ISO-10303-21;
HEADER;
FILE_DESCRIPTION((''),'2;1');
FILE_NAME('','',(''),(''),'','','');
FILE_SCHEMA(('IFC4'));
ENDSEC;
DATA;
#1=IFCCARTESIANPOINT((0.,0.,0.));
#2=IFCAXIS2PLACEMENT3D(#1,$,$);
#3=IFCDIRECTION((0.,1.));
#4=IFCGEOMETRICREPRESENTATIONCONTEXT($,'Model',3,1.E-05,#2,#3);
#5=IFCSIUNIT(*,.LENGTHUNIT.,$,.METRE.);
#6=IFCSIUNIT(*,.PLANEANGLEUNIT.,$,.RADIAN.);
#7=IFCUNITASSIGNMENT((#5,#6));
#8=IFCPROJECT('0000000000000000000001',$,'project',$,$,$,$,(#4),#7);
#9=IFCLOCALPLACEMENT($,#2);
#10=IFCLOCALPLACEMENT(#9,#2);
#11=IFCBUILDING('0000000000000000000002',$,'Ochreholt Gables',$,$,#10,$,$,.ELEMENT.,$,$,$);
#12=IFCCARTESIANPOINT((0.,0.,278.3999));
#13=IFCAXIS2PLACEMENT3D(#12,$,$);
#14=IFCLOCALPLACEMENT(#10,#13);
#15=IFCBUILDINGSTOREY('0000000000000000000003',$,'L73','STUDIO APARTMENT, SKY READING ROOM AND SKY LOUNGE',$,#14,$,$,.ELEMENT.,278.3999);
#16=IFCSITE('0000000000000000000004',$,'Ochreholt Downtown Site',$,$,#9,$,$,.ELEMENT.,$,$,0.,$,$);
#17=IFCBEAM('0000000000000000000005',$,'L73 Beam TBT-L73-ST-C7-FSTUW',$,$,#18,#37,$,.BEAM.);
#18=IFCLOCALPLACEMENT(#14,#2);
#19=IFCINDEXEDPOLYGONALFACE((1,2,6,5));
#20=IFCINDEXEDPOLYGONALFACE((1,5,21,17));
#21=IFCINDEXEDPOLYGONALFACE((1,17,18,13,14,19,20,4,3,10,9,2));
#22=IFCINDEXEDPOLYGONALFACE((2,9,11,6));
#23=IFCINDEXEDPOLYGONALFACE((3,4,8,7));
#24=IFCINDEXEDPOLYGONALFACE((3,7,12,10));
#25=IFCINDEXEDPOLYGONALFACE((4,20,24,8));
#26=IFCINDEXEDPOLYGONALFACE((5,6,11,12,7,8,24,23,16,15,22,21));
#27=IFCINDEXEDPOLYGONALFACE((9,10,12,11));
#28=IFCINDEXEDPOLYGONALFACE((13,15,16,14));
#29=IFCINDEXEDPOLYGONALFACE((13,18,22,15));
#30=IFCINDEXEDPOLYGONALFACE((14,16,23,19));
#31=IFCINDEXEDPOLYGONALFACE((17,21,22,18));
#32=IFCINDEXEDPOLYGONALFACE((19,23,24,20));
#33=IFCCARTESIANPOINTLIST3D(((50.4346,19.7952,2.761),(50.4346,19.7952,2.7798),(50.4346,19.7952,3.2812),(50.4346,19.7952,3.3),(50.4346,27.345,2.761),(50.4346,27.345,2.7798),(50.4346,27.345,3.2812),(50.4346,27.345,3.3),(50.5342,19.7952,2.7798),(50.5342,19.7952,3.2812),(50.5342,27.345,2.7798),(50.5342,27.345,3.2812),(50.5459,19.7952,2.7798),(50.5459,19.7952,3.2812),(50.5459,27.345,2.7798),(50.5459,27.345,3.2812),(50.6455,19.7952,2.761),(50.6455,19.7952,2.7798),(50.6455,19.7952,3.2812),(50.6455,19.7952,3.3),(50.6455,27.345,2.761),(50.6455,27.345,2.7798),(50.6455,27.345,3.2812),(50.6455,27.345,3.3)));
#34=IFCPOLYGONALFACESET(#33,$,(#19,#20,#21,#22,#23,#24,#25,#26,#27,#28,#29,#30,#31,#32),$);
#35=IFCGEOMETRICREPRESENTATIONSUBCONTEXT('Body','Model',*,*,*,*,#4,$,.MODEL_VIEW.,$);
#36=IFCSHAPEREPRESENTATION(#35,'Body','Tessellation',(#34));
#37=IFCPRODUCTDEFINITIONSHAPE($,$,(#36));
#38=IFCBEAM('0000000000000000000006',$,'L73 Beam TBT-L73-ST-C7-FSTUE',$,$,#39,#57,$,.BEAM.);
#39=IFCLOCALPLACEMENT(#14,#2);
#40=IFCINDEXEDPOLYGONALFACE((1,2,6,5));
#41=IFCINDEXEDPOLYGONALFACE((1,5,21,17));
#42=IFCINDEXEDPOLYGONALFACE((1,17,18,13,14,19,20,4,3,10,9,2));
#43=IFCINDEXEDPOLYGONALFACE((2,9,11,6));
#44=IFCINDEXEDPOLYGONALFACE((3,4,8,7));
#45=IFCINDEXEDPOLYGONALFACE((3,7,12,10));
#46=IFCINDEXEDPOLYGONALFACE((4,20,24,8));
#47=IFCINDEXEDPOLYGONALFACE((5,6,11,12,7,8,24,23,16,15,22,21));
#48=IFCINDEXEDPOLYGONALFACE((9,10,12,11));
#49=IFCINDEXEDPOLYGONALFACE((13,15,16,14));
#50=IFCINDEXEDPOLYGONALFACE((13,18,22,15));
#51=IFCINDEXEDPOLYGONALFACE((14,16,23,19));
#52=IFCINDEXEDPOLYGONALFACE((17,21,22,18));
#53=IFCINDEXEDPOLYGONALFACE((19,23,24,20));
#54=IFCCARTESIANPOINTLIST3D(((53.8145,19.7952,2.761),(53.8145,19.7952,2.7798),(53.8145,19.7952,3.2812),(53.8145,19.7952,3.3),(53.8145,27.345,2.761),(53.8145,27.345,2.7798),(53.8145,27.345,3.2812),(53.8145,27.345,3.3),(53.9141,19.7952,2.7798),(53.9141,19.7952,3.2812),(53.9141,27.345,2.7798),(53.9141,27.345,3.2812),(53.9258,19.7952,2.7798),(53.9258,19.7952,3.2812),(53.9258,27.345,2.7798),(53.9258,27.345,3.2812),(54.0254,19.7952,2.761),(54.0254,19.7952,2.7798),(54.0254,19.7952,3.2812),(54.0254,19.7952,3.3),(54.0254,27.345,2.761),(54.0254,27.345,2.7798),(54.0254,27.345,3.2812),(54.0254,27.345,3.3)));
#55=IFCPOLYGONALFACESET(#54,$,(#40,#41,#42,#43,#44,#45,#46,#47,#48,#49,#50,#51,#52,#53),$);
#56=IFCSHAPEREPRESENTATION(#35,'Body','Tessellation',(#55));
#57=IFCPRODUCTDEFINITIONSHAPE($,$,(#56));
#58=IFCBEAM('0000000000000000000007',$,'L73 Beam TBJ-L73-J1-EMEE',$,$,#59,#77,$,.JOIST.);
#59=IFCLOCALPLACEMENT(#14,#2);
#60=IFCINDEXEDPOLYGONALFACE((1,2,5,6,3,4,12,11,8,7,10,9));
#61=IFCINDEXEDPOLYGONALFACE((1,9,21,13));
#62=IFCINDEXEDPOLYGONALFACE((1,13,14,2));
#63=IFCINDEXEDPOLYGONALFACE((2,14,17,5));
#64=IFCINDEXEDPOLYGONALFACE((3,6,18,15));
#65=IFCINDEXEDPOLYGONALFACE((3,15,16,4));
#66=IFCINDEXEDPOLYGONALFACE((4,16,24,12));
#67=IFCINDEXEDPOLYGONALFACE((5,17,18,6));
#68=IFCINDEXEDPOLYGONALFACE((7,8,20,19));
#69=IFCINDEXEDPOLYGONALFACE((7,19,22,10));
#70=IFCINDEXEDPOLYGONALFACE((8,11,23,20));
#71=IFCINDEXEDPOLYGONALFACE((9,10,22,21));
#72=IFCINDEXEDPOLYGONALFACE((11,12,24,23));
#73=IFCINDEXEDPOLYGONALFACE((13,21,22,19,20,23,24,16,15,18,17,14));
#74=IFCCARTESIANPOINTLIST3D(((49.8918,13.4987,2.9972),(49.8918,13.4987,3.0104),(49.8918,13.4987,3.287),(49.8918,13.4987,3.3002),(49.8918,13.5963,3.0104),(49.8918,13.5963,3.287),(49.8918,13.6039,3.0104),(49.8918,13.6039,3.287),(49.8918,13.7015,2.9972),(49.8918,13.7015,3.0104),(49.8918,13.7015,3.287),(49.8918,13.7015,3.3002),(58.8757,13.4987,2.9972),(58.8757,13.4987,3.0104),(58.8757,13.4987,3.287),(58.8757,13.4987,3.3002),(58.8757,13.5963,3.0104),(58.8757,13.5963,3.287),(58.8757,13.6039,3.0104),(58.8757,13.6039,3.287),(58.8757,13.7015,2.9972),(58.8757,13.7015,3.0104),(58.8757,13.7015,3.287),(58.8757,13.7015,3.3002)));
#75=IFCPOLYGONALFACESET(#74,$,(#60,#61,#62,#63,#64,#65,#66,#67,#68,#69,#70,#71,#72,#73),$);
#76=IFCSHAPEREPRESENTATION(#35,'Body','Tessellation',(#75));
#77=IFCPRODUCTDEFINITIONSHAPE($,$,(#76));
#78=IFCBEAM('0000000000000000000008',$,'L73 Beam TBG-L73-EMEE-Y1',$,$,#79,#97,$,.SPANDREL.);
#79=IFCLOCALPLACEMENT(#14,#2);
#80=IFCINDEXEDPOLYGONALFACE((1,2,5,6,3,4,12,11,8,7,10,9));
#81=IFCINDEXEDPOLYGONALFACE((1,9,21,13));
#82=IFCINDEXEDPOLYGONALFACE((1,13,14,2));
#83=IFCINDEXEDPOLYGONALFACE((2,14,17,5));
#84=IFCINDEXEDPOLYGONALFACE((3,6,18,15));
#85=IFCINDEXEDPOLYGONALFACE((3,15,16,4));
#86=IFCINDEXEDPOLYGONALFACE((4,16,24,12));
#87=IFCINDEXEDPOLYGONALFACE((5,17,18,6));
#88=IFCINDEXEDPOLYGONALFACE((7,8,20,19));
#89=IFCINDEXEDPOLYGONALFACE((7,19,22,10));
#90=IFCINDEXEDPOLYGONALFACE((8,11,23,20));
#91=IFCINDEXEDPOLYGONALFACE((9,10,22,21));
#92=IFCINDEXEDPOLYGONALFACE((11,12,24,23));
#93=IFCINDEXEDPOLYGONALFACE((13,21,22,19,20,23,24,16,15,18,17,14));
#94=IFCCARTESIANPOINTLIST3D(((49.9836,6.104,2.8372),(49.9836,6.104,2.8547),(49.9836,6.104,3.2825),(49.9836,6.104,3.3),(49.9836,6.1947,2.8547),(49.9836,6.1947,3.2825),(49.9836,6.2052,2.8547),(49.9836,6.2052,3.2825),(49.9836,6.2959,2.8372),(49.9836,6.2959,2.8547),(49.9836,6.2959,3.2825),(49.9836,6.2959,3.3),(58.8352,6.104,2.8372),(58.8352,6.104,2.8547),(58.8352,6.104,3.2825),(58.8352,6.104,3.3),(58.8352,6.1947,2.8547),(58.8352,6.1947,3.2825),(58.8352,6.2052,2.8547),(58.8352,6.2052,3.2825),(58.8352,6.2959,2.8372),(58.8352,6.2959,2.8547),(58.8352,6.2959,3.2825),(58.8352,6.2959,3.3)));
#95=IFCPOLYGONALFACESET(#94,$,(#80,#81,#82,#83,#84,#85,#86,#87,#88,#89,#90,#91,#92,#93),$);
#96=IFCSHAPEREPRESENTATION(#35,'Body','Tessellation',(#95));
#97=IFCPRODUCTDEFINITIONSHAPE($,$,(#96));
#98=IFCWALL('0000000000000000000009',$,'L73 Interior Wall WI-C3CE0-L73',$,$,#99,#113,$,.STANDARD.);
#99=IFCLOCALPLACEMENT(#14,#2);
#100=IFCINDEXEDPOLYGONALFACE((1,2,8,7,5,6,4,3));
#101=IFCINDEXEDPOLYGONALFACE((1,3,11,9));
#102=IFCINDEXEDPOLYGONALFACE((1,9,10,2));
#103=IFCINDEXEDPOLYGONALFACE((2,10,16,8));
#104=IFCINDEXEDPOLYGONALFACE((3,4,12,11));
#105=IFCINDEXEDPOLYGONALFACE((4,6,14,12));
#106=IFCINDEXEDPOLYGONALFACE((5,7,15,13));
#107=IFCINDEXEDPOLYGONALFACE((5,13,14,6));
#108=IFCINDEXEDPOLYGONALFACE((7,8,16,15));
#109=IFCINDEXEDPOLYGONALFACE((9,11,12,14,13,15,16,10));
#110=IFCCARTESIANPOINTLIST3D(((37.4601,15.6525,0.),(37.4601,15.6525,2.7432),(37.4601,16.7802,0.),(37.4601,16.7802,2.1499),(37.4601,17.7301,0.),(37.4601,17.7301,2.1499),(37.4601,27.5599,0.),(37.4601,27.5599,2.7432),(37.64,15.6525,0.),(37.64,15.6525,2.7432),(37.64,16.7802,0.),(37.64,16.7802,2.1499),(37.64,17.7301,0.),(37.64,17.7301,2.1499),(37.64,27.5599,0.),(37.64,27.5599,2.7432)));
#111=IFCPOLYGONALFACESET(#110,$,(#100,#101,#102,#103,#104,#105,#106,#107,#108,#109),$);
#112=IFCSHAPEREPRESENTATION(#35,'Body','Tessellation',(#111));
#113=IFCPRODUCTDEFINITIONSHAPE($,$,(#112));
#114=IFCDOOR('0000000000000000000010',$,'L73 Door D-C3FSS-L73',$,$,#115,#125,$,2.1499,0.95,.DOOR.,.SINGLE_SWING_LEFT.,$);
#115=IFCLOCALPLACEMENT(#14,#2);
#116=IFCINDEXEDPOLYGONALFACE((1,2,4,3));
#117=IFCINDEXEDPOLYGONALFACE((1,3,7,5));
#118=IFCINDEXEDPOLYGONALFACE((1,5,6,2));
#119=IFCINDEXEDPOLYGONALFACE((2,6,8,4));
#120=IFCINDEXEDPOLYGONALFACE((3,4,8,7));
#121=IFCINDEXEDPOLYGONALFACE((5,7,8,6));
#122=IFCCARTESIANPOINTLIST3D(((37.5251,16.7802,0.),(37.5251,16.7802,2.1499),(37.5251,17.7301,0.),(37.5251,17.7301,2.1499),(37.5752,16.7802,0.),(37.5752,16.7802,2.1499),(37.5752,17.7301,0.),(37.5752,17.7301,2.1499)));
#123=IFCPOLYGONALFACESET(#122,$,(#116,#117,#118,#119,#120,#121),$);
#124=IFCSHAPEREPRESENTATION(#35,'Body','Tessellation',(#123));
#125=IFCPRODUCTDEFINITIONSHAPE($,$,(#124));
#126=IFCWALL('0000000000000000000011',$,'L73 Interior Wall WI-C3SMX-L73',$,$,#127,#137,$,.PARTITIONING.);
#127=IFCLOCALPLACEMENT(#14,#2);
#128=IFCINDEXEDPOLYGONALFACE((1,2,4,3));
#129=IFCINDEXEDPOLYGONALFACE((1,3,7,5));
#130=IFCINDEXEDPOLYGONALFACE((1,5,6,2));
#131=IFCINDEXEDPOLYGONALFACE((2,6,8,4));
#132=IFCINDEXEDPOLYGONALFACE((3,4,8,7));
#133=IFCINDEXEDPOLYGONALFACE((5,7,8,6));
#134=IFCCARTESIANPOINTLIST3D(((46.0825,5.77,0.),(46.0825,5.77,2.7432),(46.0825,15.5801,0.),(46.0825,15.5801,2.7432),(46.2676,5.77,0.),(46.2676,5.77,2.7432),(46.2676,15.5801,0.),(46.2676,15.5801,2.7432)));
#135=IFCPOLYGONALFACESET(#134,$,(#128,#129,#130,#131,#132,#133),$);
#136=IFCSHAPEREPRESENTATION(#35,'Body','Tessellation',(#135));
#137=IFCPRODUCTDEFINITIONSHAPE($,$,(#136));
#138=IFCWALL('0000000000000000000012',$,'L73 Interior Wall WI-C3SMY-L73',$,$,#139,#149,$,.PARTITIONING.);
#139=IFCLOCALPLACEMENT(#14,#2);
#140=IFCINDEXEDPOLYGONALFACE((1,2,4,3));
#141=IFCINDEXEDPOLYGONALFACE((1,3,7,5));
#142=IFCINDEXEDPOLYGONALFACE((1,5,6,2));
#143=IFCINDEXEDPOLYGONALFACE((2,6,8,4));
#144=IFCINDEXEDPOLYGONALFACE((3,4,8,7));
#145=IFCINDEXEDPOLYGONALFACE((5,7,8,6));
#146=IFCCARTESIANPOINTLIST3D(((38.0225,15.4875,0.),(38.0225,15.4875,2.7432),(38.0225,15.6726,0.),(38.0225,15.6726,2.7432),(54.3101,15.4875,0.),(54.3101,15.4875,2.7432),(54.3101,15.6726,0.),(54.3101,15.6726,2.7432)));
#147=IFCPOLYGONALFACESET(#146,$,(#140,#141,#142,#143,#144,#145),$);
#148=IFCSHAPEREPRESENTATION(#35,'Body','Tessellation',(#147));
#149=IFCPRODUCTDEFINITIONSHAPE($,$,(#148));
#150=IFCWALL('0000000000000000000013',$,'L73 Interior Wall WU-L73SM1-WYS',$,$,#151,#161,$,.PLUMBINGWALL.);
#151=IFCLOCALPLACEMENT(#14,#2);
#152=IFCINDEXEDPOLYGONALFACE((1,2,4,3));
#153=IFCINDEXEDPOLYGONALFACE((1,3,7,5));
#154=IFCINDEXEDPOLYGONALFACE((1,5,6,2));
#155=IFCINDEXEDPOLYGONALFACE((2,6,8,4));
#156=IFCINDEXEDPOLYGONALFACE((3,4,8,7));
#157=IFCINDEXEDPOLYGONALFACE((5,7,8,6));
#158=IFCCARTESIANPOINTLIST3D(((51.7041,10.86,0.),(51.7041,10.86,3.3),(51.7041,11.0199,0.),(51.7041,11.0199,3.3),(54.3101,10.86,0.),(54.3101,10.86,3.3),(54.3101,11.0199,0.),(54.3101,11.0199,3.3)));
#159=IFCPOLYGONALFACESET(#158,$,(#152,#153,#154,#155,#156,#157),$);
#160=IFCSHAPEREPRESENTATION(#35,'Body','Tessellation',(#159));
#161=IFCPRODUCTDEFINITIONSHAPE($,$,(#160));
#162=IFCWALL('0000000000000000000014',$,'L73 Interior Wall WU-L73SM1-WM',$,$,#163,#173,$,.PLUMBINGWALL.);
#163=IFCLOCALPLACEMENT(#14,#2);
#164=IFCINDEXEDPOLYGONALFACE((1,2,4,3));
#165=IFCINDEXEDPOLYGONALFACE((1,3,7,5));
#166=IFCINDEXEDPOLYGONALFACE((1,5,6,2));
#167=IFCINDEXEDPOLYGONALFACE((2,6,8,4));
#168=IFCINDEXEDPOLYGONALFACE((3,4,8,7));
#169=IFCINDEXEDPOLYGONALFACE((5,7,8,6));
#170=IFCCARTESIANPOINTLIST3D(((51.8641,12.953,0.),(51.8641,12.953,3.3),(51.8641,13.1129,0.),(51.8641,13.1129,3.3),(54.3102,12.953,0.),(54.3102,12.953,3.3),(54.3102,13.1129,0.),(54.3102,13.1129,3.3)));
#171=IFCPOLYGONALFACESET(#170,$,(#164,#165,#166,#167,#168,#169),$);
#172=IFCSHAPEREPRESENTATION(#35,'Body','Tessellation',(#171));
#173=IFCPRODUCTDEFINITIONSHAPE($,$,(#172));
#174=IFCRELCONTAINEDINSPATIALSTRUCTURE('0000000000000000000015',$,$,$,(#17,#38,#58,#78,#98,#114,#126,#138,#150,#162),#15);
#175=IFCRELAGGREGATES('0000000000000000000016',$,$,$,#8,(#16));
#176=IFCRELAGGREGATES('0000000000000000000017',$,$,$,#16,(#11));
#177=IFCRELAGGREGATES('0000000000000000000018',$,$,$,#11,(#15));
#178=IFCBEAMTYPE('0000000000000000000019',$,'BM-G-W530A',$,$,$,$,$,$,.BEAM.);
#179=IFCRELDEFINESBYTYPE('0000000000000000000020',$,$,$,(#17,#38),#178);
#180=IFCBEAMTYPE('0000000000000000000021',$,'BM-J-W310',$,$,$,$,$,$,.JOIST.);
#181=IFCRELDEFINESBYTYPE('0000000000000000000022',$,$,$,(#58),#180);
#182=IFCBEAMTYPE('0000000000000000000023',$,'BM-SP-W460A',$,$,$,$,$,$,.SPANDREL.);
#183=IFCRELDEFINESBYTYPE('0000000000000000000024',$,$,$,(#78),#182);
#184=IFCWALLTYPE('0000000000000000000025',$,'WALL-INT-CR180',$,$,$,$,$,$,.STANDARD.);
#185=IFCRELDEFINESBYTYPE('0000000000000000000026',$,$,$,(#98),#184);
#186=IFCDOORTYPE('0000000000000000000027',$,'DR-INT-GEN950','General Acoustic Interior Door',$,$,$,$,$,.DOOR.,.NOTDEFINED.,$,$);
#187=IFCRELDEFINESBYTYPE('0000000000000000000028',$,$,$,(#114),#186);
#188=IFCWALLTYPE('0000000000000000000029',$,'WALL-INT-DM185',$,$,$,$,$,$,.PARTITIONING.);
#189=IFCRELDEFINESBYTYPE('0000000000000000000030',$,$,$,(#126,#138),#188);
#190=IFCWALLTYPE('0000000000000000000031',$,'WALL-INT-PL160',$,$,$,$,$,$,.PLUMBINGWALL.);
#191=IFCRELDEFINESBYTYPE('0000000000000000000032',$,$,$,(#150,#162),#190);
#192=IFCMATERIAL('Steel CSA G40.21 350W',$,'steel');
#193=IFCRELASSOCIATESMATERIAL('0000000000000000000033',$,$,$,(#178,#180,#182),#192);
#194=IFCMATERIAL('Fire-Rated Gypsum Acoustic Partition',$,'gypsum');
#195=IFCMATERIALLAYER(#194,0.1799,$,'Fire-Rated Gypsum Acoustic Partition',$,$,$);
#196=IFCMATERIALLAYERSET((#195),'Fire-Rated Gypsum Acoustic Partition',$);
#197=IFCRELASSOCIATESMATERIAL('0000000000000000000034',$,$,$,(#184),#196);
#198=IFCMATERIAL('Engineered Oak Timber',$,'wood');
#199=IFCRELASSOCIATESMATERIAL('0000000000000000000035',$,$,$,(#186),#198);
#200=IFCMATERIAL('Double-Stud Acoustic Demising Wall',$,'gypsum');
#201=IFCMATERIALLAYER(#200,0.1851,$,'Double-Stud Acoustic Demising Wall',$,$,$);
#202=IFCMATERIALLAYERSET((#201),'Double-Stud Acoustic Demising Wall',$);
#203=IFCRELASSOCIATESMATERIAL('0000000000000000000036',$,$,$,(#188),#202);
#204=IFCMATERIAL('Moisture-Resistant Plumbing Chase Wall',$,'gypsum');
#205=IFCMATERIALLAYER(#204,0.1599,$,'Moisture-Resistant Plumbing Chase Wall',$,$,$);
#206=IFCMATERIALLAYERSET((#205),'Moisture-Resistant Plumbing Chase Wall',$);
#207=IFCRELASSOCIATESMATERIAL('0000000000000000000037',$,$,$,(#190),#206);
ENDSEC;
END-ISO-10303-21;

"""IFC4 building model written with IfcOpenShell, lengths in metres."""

from ifc_helpers import new_model, si_unit, direction, frame, frame_2d, origin, origin_2d, place, context, subcontext, project, spatial, rectangle, i_section, extrude, material, layer, layer_set, material_profile, profile_set, type_object, element, fill, save


model = new_model("IFC4")

# Units and contexts
model_context = context("Model", 3, precision=1e-05, world=origin(), true_north=direction((0.0, 1.0)))
body_context = subcontext(model_context, "Body", "Model", "MODEL_VIEW")
ifc_project = project(units=[si_unit("LENGTHUNIT", "METRE"), si_unit("PLANEANGLEUNIT", "RADIAN")], contexts=[model_context])

# Site, building, storey
site_placement = place(None, origin())
site = spatial("IfcSite", under=ifc_project, at=site_placement, Name="Ochreholt Downtown Site", CompositionType="ELEMENT", RefElevation=0.0)
building_placement = place(site_placement, origin())
building = spatial("IfcBuilding", under=site, at=building_placement, Name="Ochreholt Gables", CompositionType="ELEMENT")
storey_placement = place(building_placement, frame((0.0, 0.0, 278.3999)))
storey = spatial("IfcBuildingStorey", under=building, at=storey_placement, Name="L73", Description="STUDIO APARTMENT, SKY READING ROOM AND SKY LOUNGE", CompositionType="ELEMENT", Elevation=278.3999)

# Shared definitions
ifc_material_1 = material(Name="Steel CSA G40.21 350W", Category="steel")

# Beams
ifc_material_profile_1 = material_profile(ifc_material_1, i_section(OverallWidth=0.2109, OverallDepth=0.5391, WebThickness=0.0117, FlangeThickness=0.0188, at=origin_2d()), Name="W530X109")
ifc_profile_set_1 = profile_set([ifc_material_profile_1], Name="Steel CSA G40.21 350W")
beam_type_1 = type_object("IfcBeamType", Name="BM-G-W530A", PredefinedType="BEAM", material=ifc_profile_set_1)
for number, where, z_axis, x_axis, name in (
    (1, (50.54, 19.7952, 3.0305), (0.0, 1.0, 0.0), (-1.0, 0.0, 0.0), "L73 Beam TBT-L73-ST-C7-FSTUW"),
    (2, (53.9199, 19.7952, 3.0305), (0.0, 1.0, 0.0), (-1.0, 0.0, 0.0), "L73 Beam TBT-L73-ST-C7-FSTUE"),
):
    element("IfcBeam", number, at=place(storey_placement, frame(where, z_axis=z_axis, x_axis=x_axis)), inside=storey, type_object=beam_type_1, Name=name, PredefinedType="BEAM", context=body_context, shape_type="SweptSolid", body=[
        extrude(i_section(OverallWidth=0.2109, OverallDepth=0.5391, WebThickness=0.0117, FlangeThickness=0.0188, at=origin_2d()), origin(), (0.0, 0.0, 1.0), 7.5498),
    ])
ifc_material_profile_2 = material_profile(ifc_material_1, i_section(OverallWidth=0.2029, OverallDepth=0.303, WebThickness=0.0076, FlangeThickness=0.0132, at=origin_2d()), Name="W310X60")
ifc_profile_set_2 = profile_set([ifc_material_profile_2], Name="Steel CSA G40.21 350W")
beam_type_2 = type_object("IfcBeamType", Name="BM-J-W310", PredefinedType="JOIST", material=ifc_profile_set_2)
beam_1_placement = place(storey_placement, frame((49.8918, 13.6001, 3.1487), z_axis=(1.0, 0.0, 0.0), x_axis=(0.0, 1.0, 0.0)))
element("IfcBeam", 3, at=beam_1_placement, inside=storey, type_object=beam_type_2, Name="L73 Beam TBJ-L73-J1-EMEE", PredefinedType="JOIST", context=body_context, shape_type="SweptSolid", body=[
    extrude(i_section(OverallWidth=0.2029, OverallDepth=0.303, WebThickness=0.0076, FlangeThickness=0.0132, at=origin_2d()), origin(), (0.0, 0.0, 1.0), 8.9839),
])
ifc_material_profile_3 = material_profile(ifc_material_1, i_section(OverallWidth=0.1919, OverallDepth=0.4629, WebThickness=0.0105, FlangeThickness=0.0176, at=origin_2d()), Name="W460X89")
ifc_profile_set_3 = profile_set([ifc_material_profile_3], Name="Steel CSA G40.21 350W")
beam_type_3 = type_object("IfcBeamType", Name="BM-SP-W460A", PredefinedType="SPANDREL", material=ifc_profile_set_3)
beam_2_placement = place(storey_placement, frame((49.9836, 6.2, 3.0686), z_axis=(1.0, 0.0, 0.0), x_axis=(0.0, 1.0, 0.0)))
element("IfcBeam", 4, at=beam_2_placement, inside=storey, type_object=beam_type_3, Name="L73 Beam TBG-L73-EMEE-Y1", PredefinedType="SPANDREL", context=body_context, shape_type="SweptSolid", body=[
    extrude(i_section(OverallWidth=0.1919, OverallDepth=0.4629, WebThickness=0.0105, FlangeThickness=0.0176, at=origin_2d()), origin(), (0.0, 0.0, 1.0), 8.8516),
])

# Wall, opening, door
ifc_material_2 = material(Name="Fire-Rated Gypsum Acoustic Partition", Category="gypsum")
ifc_layer_1 = layer(ifc_material_2, 0.1799, Name="Fire-Rated Gypsum Acoustic Partition")
ifc_layer_set_1 = layer_set([ifc_layer_1], Name="Fire-Rated Gypsum Acoustic Partition")
wall_type_1 = type_object("IfcWallType", Name="WALL-INT-CR180", PredefinedType="STANDARD", material=ifc_layer_set_1)
wall_1_placement = place(storey_placement, frame((37.55, 15.6526, 0.0), z_axis=(0.0, 0.0, 1.0), x_axis=(0.0, 1.0, 0.0)))
wall_1 = element("IfcWall", 5, at=wall_1_placement, inside=storey, type_object=wall_type_1, Name="L73 Interior Wall WI-C3CE0-L73", PredefinedType="STANDARD", context=body_context, shape_type="SweptSolid", body=[
    extrude(rectangle(XDim=11.9075, YDim=0.1799, at=frame_2d((5.9536, 0.0))), origin(), (0.0, 0.0, 1.0), 2.7432),
])
opening_1_placement = place(wall_1_placement, frame((1.1274, 0.0, 0.0)))
opening_1 = element("IfcOpeningElement", 6, at=opening_1_placement, cuts=wall_1, PredefinedType="OPENING", context=body_context, shape_type="SweptSolid", body=[
    extrude(rectangle(XDim=0.95, YDim=2.1499, at=frame_2d((0.4751, 1.075))), frame((0.0, 0.0999, 0.0), z_axis=(0.0, -1.0, 0.0), x_axis=(1.0, 0.0, 0.0)), (0.0, 0.0, 1.0), 0.2),
])
ifc_material_3 = material(Name="Engineered Oak Timber", Category="wood")
door_type_1 = type_object("IfcDoorType", Name="DR-INT-GEN950", Description="General Acoustic Interior Door", OperationType="NOTDEFINED", PredefinedType="DOOR", material=ifc_material_3)
door_1_placement = place(opening_1_placement, origin())
door_1 = element("IfcDoor", 7, at=door_1_placement, inside=storey, type_object=door_type_1, Name="L73 Door D-C3FSS-L73", OperationType="SINGLE_SWING_LEFT", OverallHeight=2.1499, OverallWidth=0.95, PredefinedType="DOOR", context=body_context, shape_type="SweptSolid", body=[
    extrude(rectangle(XDim=0.95, YDim=2.1499, at=frame_2d((0.4751, 1.075))), frame((0.0, 0.0249, 0.0), z_axis=(0.0, -1.0, 0.0), x_axis=(1.0, 0.0, 0.0)), (0.0, 0.0, 1.0), 0.05),
])
fill(opening_1, door_1)

# Walls
ifc_material_4 = material(Name="Double-Stud Acoustic Demising Wall", Category="gypsum")
ifc_layer_2 = layer(ifc_material_4, 0.1851, Name="Double-Stud Acoustic Demising Wall")
ifc_layer_set_2 = layer_set([ifc_layer_2], Name="Double-Stud Acoustic Demising Wall")
wall_type_2 = type_object("IfcWallType", Name="WALL-INT-DM185", PredefinedType="PARTITIONING", material=ifc_layer_set_2)
wall_2_placement = place(storey_placement, frame((46.175, 5.77, 0.0), z_axis=(0.0, 0.0, 1.0), x_axis=(0.0, 1.0, 0.0)))
element("IfcWall", 8, at=wall_2_placement, inside=storey, type_object=wall_type_2, Name="L73 Interior Wall WI-C3SMX-L73", PredefinedType="PARTITIONING", context=body_context, shape_type="SweptSolid", body=[
    extrude(rectangle(XDim=9.8101, YDim=0.1851, at=frame_2d((4.905, 0.0))), origin(), (0.0, 0.0, 1.0), 2.7432),
])
wall_3_placement = place(storey_placement, frame((38.0225, 15.5801, 0.0), z_axis=(0.0, 0.0, 1.0), x_axis=(1.0, 0.0, 0.0)))
element("IfcWall", 9, at=wall_3_placement, inside=storey, type_object=wall_type_2, Name="L73 Interior Wall WI-C3SMY-L73", PredefinedType="PARTITIONING", context=body_context, shape_type="SweptSolid", body=[
    extrude(rectangle(XDim=16.2876, YDim=0.1851, at=frame_2d((8.1438, 0.0))), origin(), (0.0, 0.0, 1.0), 2.7432),
])
ifc_material_5 = material(Name="Moisture-Resistant Plumbing Chase Wall", Category="gypsum")
ifc_layer_3 = layer(ifc_material_5, 0.1599, Name="Moisture-Resistant Plumbing Chase Wall")
ifc_layer_set_3 = layer_set([ifc_layer_3], Name="Moisture-Resistant Plumbing Chase Wall")
wall_type_3 = type_object("IfcWallType", Name="WALL-INT-PL160", PredefinedType="PLUMBINGWALL", material=ifc_layer_set_3)
wall_4_placement = place(storey_placement, frame((51.7041, 10.9399, 0.0), z_axis=(0.0, 0.0, 1.0), x_axis=(1.0, 0.0, 0.0)))
element("IfcWall", 10, at=wall_4_placement, inside=storey, type_object=wall_type_3, Name="L73 Interior Wall WU-L73SM1-WYS", PredefinedType="PLUMBINGWALL", context=body_context, shape_type="SweptSolid", body=[
    extrude(rectangle(XDim=2.606, YDim=0.1599, at=frame_2d((1.303, 0.0))), origin(), (0.0, 0.0, 1.0), 3.3),
])

# Wall
wall_5_placement = place(storey_placement, frame((51.864, 13.033, 0.0), z_axis=(0.0, 0.0, 1.0), x_axis=(1.0, 0.0, 0.0)))
element("IfcWall", 11, at=wall_5_placement, inside=storey, type_object=wall_type_3, Name="L73 Interior Wall WU-L73SM1-WM", PredefinedType="PLUMBINGWALL", context=body_context, shape_type="SweptSolid", body=[
    extrude(rectangle(XDim=2.446, YDim=0.1599, at=frame_2d((1.2231, 0.0))), origin(), (0.0, 0.0, 1.0), 3.3),
])

save(model, "model.ifc")
